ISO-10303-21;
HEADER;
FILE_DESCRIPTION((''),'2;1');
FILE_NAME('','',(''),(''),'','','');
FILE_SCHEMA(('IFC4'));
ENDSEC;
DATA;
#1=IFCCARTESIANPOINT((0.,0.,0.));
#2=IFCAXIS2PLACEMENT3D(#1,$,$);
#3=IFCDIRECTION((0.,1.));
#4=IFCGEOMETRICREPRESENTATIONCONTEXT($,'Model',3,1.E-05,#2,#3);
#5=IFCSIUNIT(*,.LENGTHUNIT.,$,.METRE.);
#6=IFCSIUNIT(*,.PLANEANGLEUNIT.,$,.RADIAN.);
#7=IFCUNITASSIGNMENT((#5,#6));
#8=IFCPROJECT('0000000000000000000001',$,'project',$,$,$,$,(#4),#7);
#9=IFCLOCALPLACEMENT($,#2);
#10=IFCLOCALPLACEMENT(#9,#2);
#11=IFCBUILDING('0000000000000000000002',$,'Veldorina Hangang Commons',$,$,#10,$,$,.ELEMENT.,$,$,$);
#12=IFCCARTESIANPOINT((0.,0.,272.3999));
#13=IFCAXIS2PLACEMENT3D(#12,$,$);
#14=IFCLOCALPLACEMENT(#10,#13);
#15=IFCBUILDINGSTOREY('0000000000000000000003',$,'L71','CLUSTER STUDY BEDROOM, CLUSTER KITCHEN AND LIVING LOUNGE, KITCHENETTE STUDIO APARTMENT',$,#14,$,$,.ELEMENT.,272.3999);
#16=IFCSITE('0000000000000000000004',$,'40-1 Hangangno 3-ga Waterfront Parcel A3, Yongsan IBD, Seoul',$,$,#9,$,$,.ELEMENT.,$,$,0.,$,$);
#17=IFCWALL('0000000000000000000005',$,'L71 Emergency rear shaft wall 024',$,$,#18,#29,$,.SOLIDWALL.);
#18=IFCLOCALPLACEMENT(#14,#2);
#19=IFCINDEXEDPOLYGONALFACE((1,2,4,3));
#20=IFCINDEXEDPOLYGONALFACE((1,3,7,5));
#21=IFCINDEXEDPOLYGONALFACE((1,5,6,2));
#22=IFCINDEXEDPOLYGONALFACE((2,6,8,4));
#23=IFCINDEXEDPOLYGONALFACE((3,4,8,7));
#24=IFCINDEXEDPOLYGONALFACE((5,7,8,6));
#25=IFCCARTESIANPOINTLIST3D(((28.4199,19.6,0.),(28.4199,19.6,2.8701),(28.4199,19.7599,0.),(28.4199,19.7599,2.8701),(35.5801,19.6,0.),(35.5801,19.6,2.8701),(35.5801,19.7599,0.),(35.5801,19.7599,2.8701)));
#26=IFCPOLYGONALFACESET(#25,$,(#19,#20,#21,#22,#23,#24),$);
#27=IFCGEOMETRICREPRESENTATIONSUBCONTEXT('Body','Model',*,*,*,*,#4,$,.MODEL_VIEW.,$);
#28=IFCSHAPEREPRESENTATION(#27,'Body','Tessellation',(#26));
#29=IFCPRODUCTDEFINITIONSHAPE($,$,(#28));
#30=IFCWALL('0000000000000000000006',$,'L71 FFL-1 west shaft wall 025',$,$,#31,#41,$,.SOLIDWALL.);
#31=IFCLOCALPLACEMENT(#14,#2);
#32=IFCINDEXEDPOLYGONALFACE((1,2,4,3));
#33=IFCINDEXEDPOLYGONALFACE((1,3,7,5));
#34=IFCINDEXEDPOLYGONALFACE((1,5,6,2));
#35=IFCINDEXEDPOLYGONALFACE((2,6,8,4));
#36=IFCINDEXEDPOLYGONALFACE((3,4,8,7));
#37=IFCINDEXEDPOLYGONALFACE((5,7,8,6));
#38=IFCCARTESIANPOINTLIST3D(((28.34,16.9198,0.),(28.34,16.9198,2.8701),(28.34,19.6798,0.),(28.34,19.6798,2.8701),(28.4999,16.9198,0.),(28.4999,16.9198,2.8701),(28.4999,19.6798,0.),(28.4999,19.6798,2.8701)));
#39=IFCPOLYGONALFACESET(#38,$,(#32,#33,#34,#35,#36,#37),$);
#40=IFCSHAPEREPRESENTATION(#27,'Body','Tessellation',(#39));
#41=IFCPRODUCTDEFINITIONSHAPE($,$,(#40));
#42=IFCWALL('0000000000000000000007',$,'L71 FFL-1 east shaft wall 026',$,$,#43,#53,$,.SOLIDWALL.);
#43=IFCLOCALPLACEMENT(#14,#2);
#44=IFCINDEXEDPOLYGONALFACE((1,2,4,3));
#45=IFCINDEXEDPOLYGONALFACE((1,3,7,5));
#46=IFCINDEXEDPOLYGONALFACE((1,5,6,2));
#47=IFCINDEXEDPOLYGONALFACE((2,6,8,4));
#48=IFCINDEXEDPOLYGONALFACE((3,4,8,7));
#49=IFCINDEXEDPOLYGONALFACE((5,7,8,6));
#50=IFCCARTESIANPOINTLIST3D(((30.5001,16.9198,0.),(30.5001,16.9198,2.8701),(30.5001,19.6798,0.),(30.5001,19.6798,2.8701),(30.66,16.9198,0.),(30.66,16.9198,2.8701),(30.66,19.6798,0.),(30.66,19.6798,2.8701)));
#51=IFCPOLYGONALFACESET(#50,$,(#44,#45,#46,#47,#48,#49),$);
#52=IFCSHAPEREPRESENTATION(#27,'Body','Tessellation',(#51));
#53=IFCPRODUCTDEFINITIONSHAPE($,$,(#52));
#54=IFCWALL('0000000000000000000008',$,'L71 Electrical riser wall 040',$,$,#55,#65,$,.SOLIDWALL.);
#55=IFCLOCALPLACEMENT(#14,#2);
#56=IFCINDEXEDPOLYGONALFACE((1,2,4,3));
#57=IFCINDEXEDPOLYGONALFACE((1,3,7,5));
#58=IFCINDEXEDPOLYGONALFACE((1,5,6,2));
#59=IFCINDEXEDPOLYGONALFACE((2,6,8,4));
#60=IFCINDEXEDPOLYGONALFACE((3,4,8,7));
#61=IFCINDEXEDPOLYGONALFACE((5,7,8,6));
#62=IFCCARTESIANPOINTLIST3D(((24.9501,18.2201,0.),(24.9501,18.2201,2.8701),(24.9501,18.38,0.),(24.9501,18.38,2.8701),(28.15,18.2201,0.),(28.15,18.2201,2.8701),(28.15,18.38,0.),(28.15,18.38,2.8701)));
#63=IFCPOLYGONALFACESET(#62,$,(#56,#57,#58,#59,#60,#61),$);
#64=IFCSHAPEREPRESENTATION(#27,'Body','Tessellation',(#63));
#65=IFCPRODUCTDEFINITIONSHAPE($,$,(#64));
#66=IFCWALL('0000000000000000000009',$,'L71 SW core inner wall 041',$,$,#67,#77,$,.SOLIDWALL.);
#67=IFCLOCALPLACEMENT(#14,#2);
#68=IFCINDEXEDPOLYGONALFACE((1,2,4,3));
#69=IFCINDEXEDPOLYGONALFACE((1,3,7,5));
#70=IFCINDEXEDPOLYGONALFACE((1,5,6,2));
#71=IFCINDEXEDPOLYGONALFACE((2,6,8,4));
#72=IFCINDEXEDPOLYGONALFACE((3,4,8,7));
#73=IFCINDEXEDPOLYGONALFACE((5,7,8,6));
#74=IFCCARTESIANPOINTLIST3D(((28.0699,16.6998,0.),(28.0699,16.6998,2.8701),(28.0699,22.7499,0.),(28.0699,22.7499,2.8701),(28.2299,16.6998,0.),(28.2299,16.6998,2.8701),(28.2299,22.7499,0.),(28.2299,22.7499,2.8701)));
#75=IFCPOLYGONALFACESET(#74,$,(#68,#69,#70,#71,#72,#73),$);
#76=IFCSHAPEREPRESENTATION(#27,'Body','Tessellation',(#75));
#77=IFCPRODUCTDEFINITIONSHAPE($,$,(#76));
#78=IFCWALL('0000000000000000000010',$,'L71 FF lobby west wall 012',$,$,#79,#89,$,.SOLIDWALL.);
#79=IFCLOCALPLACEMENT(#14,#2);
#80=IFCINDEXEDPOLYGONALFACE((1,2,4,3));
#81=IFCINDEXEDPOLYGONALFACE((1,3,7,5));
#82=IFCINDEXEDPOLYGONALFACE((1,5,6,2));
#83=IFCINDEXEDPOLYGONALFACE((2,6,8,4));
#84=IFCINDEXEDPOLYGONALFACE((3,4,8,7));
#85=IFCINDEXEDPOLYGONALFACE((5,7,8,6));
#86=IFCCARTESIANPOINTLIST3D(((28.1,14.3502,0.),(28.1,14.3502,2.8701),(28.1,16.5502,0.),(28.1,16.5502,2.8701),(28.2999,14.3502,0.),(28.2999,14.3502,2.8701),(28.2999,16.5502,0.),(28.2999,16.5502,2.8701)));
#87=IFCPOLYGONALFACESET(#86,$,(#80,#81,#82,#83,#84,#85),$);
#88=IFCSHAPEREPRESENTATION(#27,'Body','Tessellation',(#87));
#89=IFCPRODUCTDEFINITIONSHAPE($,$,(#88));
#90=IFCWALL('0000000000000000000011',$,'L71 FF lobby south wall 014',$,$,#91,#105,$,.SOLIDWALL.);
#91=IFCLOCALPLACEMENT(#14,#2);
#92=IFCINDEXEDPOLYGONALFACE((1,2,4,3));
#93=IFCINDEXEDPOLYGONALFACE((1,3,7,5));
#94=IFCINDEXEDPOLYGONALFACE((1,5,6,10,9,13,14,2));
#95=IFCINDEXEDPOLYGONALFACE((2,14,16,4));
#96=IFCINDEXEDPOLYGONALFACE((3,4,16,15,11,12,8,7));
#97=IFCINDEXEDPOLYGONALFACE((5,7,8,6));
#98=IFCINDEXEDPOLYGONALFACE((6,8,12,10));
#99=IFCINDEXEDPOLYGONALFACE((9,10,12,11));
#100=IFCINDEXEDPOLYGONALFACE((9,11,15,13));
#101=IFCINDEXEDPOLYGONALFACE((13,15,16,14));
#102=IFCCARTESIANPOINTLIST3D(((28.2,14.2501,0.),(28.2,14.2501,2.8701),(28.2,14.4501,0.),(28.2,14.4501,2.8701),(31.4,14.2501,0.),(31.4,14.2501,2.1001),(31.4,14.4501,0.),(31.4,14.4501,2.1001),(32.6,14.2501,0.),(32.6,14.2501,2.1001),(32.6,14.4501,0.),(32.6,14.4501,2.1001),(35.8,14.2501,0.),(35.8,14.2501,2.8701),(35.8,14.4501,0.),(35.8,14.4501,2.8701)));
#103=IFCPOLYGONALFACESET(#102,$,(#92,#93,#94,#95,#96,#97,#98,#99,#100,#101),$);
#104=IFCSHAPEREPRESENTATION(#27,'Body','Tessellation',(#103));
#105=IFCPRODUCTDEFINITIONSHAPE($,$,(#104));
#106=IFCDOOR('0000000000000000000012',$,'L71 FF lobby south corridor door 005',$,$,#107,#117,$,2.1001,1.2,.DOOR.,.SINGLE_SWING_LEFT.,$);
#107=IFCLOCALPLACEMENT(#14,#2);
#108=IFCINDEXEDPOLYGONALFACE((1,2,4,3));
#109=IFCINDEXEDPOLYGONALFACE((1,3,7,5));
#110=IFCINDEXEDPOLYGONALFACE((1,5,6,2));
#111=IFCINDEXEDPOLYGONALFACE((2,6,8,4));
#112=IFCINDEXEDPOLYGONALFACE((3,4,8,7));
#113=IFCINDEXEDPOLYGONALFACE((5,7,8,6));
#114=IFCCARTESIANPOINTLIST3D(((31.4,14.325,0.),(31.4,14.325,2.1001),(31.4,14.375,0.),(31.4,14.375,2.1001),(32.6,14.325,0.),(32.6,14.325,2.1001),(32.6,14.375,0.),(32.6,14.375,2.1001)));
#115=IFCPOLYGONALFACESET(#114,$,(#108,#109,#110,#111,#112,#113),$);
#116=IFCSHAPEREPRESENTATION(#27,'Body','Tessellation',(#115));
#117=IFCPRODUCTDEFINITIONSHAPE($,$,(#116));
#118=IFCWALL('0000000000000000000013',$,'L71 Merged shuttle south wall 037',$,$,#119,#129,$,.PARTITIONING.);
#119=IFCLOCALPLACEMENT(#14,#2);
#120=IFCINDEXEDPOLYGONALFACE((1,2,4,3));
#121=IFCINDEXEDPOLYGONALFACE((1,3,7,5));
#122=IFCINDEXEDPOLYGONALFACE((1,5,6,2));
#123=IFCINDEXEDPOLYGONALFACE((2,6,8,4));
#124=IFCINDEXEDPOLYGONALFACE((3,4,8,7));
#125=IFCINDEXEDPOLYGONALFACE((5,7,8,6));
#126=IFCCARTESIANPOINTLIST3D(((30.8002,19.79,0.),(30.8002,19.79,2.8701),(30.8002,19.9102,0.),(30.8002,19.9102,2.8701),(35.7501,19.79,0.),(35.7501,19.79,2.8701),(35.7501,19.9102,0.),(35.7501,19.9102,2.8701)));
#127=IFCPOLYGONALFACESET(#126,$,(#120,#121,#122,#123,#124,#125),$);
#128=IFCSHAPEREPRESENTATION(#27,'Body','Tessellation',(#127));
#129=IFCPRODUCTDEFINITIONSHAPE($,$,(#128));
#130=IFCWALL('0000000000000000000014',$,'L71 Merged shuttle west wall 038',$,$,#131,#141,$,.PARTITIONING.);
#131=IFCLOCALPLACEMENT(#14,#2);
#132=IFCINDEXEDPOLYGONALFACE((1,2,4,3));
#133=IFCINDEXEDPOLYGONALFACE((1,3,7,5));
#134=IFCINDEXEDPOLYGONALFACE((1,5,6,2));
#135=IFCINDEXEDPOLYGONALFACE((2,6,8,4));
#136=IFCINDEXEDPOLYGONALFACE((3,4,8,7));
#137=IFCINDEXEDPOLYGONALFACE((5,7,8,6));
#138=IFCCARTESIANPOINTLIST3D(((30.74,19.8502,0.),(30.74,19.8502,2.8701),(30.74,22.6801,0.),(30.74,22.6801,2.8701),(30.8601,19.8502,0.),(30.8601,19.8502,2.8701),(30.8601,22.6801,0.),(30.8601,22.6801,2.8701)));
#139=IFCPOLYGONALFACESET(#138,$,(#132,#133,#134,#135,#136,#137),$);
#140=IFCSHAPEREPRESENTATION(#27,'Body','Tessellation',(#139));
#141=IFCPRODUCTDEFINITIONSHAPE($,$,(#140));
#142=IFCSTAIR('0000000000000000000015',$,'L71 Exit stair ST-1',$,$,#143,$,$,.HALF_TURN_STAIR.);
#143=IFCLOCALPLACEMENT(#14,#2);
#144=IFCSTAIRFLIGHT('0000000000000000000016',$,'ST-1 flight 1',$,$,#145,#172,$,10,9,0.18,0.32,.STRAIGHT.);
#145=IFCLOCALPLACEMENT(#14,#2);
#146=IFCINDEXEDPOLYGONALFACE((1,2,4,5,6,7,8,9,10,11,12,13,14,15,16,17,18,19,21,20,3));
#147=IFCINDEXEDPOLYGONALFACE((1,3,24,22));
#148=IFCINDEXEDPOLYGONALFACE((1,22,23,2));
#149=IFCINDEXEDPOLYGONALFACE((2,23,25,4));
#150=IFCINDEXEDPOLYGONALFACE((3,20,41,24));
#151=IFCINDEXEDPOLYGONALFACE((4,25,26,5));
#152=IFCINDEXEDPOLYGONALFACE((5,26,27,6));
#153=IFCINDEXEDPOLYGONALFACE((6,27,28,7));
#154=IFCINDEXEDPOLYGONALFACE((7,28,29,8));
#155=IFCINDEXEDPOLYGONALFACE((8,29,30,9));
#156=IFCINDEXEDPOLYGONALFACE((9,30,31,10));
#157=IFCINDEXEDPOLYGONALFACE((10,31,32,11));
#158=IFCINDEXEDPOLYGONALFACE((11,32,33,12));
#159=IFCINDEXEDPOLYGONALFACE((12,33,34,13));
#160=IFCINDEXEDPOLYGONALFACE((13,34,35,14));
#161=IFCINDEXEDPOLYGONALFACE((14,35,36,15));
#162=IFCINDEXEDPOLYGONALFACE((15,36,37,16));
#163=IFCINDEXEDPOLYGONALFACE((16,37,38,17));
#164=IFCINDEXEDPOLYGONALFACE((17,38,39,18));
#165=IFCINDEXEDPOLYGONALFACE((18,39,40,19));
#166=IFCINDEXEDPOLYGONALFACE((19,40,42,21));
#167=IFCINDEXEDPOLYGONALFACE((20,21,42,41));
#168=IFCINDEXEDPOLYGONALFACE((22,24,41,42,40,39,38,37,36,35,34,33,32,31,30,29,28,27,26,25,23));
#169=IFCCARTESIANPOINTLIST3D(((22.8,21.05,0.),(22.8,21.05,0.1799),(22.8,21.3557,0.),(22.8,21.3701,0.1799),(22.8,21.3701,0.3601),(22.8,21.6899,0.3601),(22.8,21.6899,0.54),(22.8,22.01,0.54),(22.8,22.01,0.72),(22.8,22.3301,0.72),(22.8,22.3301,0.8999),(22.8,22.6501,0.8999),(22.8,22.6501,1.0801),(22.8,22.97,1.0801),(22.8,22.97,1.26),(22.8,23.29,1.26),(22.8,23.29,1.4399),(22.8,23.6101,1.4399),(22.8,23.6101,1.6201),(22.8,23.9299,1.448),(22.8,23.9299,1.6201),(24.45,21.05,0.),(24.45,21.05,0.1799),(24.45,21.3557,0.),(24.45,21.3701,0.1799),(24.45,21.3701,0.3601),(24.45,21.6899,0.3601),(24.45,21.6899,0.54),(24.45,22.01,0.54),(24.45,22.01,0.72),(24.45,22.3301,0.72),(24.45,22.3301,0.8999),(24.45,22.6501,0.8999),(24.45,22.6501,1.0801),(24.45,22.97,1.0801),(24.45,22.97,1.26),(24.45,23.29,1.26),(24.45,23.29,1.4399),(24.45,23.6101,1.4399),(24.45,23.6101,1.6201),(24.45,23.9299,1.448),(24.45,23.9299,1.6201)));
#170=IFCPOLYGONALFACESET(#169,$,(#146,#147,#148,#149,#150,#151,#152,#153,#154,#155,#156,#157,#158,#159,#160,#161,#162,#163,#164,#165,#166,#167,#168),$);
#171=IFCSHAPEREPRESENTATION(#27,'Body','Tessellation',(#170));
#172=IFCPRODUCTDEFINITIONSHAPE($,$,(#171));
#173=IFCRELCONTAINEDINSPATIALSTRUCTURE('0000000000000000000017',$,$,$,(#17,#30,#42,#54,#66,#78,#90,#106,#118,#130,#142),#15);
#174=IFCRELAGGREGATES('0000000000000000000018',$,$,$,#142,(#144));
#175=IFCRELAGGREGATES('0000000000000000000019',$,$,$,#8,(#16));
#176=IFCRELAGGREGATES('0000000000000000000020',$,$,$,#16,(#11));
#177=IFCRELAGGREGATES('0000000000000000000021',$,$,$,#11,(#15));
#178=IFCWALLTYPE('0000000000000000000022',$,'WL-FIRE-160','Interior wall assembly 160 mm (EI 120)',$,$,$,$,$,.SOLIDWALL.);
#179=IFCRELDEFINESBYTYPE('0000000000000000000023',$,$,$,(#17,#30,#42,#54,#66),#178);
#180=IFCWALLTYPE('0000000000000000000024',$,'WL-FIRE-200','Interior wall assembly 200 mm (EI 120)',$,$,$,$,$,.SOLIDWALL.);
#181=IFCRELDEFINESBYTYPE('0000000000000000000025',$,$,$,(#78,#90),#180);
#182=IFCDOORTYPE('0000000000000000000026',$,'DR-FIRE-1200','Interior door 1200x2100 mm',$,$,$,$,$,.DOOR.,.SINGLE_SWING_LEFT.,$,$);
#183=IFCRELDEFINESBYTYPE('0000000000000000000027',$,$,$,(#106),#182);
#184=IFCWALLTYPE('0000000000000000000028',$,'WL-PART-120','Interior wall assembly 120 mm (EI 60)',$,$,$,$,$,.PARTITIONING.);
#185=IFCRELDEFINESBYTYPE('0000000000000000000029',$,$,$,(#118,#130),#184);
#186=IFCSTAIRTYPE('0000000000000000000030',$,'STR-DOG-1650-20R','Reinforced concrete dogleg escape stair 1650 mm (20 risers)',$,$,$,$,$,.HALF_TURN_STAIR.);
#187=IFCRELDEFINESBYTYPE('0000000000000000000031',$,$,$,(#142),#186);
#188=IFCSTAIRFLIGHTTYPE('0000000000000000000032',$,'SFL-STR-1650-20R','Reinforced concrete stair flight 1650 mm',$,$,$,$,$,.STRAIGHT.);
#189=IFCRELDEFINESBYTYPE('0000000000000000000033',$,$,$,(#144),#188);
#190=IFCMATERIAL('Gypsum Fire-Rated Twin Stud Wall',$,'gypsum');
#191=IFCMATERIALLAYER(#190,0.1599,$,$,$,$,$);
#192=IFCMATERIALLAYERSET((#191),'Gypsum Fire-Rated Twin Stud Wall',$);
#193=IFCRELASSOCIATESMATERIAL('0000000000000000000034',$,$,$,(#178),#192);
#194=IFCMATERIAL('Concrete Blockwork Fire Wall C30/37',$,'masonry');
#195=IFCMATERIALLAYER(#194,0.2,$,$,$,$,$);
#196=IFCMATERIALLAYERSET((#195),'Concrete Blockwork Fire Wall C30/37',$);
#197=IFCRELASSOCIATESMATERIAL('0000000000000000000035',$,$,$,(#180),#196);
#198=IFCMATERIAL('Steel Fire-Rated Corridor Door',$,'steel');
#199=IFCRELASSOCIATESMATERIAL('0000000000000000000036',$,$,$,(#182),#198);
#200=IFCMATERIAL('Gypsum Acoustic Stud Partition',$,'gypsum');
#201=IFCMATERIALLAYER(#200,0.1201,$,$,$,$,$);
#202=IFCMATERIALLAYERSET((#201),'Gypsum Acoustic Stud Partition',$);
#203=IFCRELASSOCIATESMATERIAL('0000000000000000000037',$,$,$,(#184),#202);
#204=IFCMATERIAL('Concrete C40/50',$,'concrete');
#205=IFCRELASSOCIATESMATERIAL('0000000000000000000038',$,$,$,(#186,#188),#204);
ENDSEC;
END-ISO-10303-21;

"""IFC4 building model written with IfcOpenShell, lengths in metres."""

from ifc_helpers import new_model, si_unit, direction, frame, frame_2d, origin, place, context, subcontext, project, spatial, polyline, rectangle, outline, extrude, material, layer, layer_set, type_object, element, fill, aggregate, save


model = new_model("IFC4")

# Units and contexts
model_context = context("Model", 3, precision=1e-05, world=origin(), true_north=direction((0.0, 1.0)))
body_context = subcontext(model_context, "Body", "Model", "MODEL_VIEW")
ifc_project = project(units=[si_unit("LENGTHUNIT", "METRE"), si_unit("PLANEANGLEUNIT", "RADIAN")], contexts=[model_context])

# Site, building, storey
site_placement = place(None, origin())
site = spatial("IfcSite", under=ifc_project, at=site_placement, Name="40-1 Hangangno 3-ga Waterfront Parcel A3, Yongsan IBD, Seoul", CompositionType="ELEMENT", RefElevation=0.0)
building_placement = place(site_placement, origin())
building = spatial("IfcBuilding", under=site, at=building_placement, Name="Veldorina Hangang Commons", CompositionType="ELEMENT")
storey_placement = place(building_placement, frame((0.0, 0.0, 272.3999)))
storey = spatial("IfcBuildingStorey", under=building, at=storey_placement, Name="L71", Description="CLUSTER STUDY BEDROOM, CLUSTER KITCHEN AND LIVING LOUNGE, KITCHENETTE STUDIO APARTMENT", CompositionType="ELEMENT", Elevation=272.3999)

# Shared definitions
ifc_material_1 = material(Name="Gypsum Fire-Rated Twin Stud Wall", Category="gypsum")
ifc_layer_1 = layer(ifc_material_1, 0.1599)
ifc_layer_set_1 = layer_set([ifc_layer_1], Name="Gypsum Fire-Rated Twin Stud Wall")
wall_type_1 = type_object("IfcWallType", Name="WL-FIRE-160", Description="Interior wall assembly 160 mm (EI 120)", PredefinedType="SOLIDWALL", material=ifc_layer_set_1)

# Walls
wall_1_placement = place(storey_placement, frame((28.4199, 19.6799, 0.0), z_axis=(0.0, 0.0, 1.0), x_axis=(1.0, 0.0, 0.0)))
element("IfcWall", 1, at=wall_1_placement, inside=storey, type_object=wall_type_1, Name="L71 Emergency rear shaft wall 024", PredefinedType="SOLIDWALL", context=body_context, shape_type="SweptSolid", body=[
    extrude(rectangle(XDim=7.1602, YDim=0.1599, at=frame_2d((3.5801, 0.0))), origin(), (0.0, 0.0, 1.0), 2.8701),
])
for number, where, z_axis, x_axis, name in (
    (2, (28.4199, 16.9199, 0.0), (0.0, 0.0, 1.0), (0.0, 1.0, 0.0), "L71 FFL-1 west shaft wall 025"),
    (3, (30.5801, 16.9199, 0.0), (0.0, 0.0, 1.0), (0.0, 1.0, 0.0), "L71 FFL-1 east shaft wall 026"),
):
    element("IfcWall", number, at=place(storey_placement, frame(where, z_axis=z_axis, x_axis=x_axis)), inside=storey, type_object=wall_type_1, Name=name, PredefinedType="SOLIDWALL", context=body_context, shape_type="SweptSolid", body=[
        extrude(rectangle(XDim=2.76, YDim=0.1599, at=frame_2d((1.3799, 0.0))), origin(), (0.0, 0.0, 1.0), 2.8701),
    ])
wall_2_placement = place(storey_placement, frame((24.95, 18.3, 0.0), z_axis=(0.0, 0.0, 1.0), x_axis=(1.0, 0.0, 0.0)))
element("IfcWall", 4, at=wall_2_placement, inside=storey, type_object=wall_type_1, Name="L71 Electrical riser wall 040", PredefinedType="SOLIDWALL", context=body_context, shape_type="SweptSolid", body=[
    extrude(rectangle(XDim=3.2, YDim=0.1599, at=frame_2d((1.6001, 0.0))), origin(), (0.0, 0.0, 1.0), 2.8701),
])
wall_3_placement = place(storey_placement, frame((28.1499, 16.7, 0.0), z_axis=(0.0, 0.0, 1.0), x_axis=(0.0, 1.0, 0.0)))
element("IfcWall", 5, at=wall_3_placement, inside=storey, type_object=wall_type_1, Name="L71 SW core inner wall 041", PredefinedType="SOLIDWALL", context=body_context, shape_type="SweptSolid", body=[
    extrude(rectangle(XDim=6.05, YDim=0.1599, at=frame_2d((3.0249, 0.0))), origin(), (0.0, 0.0, 1.0), 2.8701),
])
ifc_material_2 = material(Name="Concrete Blockwork Fire Wall C30/37", Category="masonry")
ifc_layer_2 = layer(ifc_material_2, 0.2)
ifc_layer_set_2 = layer_set([ifc_layer_2], Name="Concrete Blockwork Fire Wall C30/37")
wall_type_2 = type_object("IfcWallType", Name="WL-FIRE-200", Description="Interior wall assembly 200 mm (EI 120)", PredefinedType="SOLIDWALL", material=ifc_layer_set_2)
wall_4_placement = place(storey_placement, frame((28.2, 14.3501, 0.0), z_axis=(0.0, 0.0, 1.0), x_axis=(0.0, 1.0, 0.0)))
element("IfcWall", 6, at=wall_4_placement, inside=storey, type_object=wall_type_2, Name="L71 FF lobby west wall 012", PredefinedType="SOLIDWALL", context=body_context, shape_type="SweptSolid", body=[
    extrude(rectangle(XDim=2.2, YDim=0.2, at=frame_2d((1.1001, 0.0))), origin(), (0.0, 0.0, 1.0), 2.8701),
])

# Wall, opening, door
wall_5_placement = place(storey_placement, frame((28.2, 14.3501, 0.0), z_axis=(0.0, 0.0, 1.0), x_axis=(1.0, 0.0, 0.0)))
wall_5 = element("IfcWall", 7, at=wall_5_placement, inside=storey, type_object=wall_type_2, Name="L71 FF lobby south wall 014", PredefinedType="SOLIDWALL", context=body_context, shape_type="SweptSolid", body=[
    extrude(rectangle(XDim=7.6001, YDim=0.2, at=frame_2d((3.8, 0.0))), origin(), (0.0, 0.0, 1.0), 2.8701),
])
opening_1_placement = place(wall_5_placement, frame((3.2, 0.0, 0.0)))
opening_1 = element("IfcOpeningElement", 8, at=opening_1_placement, cuts=wall_5, PredefinedType="OPENING", context=body_context, shape_type="SweptSolid", body=[
    extrude(rectangle(XDim=1.2, YDim=2.1001, at=frame_2d((0.6001, 1.05))), frame((0.0, 0.1099, 0.0), z_axis=(0.0, -1.0, 0.0), x_axis=(1.0, 0.0, 0.0)), (0.0, 0.0, 1.0), 0.22),
])
ifc_material_3 = material(Name="Steel Fire-Rated Corridor Door", Category="steel")
door_type_1 = type_object("IfcDoorType", Name="DR-FIRE-1200", Description="Interior door 1200x2100 mm", OperationType="SINGLE_SWING_LEFT", PredefinedType="DOOR", material=ifc_material_3)
door_1_placement = place(opening_1_placement, origin())
door_1 = element("IfcDoor", 9, at=door_1_placement, inside=storey, type_object=door_type_1, Name="L71 FF lobby south corridor door 005", OperationType="SINGLE_SWING_LEFT", OverallHeight=2.1001, OverallWidth=1.2, PredefinedType="DOOR", context=body_context, shape_type="SweptSolid", body=[
    extrude(rectangle(XDim=1.2, YDim=2.1001, at=frame_2d((0.6001, 1.05))), frame((0.0, 0.0249, 0.0), z_axis=(0.0, -1.0, 0.0), x_axis=(1.0, 0.0, 0.0)), (0.0, 0.0, 1.0), 0.05),
])
fill(opening_1, door_1)

# Walls
ifc_material_4 = material(Name="Gypsum Acoustic Stud Partition", Category="gypsum")
ifc_layer_3 = layer(ifc_material_4, 0.1201)
ifc_layer_set_3 = layer_set([ifc_layer_3], Name="Gypsum Acoustic Stud Partition")
wall_type_3 = type_object("IfcWallType", Name="WL-PART-120", Description="Interior wall assembly 120 mm (EI 60)", PredefinedType="PARTITIONING", material=ifc_layer_set_3)
wall_6_placement = place(storey_placement, frame((30.8, 19.8501, 0.0), z_axis=(0.0, 0.0, 1.0), x_axis=(1.0, 0.0, 0.0)))
element("IfcWall", 10, at=wall_6_placement, inside=storey, type_object=wall_type_3, Name="L71 Merged shuttle south wall 037", PredefinedType="PARTITIONING", context=body_context, shape_type="SweptSolid", body=[
    extrude(rectangle(XDim=4.95, YDim=0.1201, at=frame_2d((2.4751, 0.0))), origin(), (0.0, 0.0, 1.0), 2.8701),
])
wall_7_placement = place(storey_placement, frame((30.8, 19.8501, 0.0), z_axis=(0.0, 0.0, 1.0), x_axis=(0.0, 1.0, 0.0)))
element("IfcWall", 11, at=wall_7_placement, inside=storey, type_object=wall_type_3, Name="L71 Merged shuttle west wall 038", PredefinedType="PARTITIONING", context=body_context, shape_type="SweptSolid", body=[
    extrude(rectangle(XDim=2.8298, YDim=0.1201, at=frame_2d((1.415, 0.0))), origin(), (0.0, 0.0, 1.0), 2.8701),
])

# Stair, stair flight
ifc_material_5 = material(Name="Concrete C40/50", Category="concrete")
stair_type = type_object("IfcStairType", Name="STR-DOG-1650-20R", Description="Reinforced concrete dogleg escape stair 1650 mm (20 risers)", PredefinedType="HALF_TURN_STAIR", material=ifc_material_5)
stair_placement = place(storey_placement, origin())
stair = element("IfcStair", 12, at=stair_placement, inside=storey, type_object=stair_type, Name="L71 Exit stair ST-1", PredefinedType="HALF_TURN_STAIR")
stair_flight_type = type_object("IfcStairFlightType", Name="SFL-STR-1650-20R", Description="Reinforced concrete stair flight 1650 mm", PredefinedType="STRAIGHT", material=ifc_material_5)
stair_flight_placement = place(storey_placement, frame((23.625, 21.05, 0.0), z_axis=(0.0, 0.0, 1.0), x_axis=(0.0, 1.0, 0.0)))
stair_flight = element("IfcStairFlight", 13, at=stair_flight_placement, type_object=stair_flight_type, Name="ST-1 flight 1", NumberOfRisers=10, NumberOfTreads=9, PredefinedType="STRAIGHT", RiserHeight=0.18, TreadLength=0.32, context=body_context, shape_type="SweptSolid", body=[
    extrude(outline(polyline([(0.0, 0.0), (0.0, 0.1799), (0.3201, 0.1799), (0.3201, 0.3601), (0.6399, 0.3601), (0.6399, 0.54), (0.96, 0.54), (0.96, 0.72), (1.28, 0.72), (1.28, 0.8999), (1.6001, 0.8999), (1.6001, 1.0801), (1.9199, 1.0801), (1.9199, 1.26), (2.24, 1.26), (2.24, 1.4399), (2.5601, 1.4399), (2.5601, 1.6201), (2.8799, 1.6201), (2.8799, 1.8), (2.8799, 1.448), (0.3057, 0.0), (0.0, 0.0)])), frame((0.0, 0.825, 0.0), z_axis=(0.0, -1.0, 0.0), x_axis=(1.0, 0.0, 0.0)), (0.0, 0.0, 1.0), 1.6499),
])
aggregate(stair, [stair_flight])

save(model, "model.ifc")
